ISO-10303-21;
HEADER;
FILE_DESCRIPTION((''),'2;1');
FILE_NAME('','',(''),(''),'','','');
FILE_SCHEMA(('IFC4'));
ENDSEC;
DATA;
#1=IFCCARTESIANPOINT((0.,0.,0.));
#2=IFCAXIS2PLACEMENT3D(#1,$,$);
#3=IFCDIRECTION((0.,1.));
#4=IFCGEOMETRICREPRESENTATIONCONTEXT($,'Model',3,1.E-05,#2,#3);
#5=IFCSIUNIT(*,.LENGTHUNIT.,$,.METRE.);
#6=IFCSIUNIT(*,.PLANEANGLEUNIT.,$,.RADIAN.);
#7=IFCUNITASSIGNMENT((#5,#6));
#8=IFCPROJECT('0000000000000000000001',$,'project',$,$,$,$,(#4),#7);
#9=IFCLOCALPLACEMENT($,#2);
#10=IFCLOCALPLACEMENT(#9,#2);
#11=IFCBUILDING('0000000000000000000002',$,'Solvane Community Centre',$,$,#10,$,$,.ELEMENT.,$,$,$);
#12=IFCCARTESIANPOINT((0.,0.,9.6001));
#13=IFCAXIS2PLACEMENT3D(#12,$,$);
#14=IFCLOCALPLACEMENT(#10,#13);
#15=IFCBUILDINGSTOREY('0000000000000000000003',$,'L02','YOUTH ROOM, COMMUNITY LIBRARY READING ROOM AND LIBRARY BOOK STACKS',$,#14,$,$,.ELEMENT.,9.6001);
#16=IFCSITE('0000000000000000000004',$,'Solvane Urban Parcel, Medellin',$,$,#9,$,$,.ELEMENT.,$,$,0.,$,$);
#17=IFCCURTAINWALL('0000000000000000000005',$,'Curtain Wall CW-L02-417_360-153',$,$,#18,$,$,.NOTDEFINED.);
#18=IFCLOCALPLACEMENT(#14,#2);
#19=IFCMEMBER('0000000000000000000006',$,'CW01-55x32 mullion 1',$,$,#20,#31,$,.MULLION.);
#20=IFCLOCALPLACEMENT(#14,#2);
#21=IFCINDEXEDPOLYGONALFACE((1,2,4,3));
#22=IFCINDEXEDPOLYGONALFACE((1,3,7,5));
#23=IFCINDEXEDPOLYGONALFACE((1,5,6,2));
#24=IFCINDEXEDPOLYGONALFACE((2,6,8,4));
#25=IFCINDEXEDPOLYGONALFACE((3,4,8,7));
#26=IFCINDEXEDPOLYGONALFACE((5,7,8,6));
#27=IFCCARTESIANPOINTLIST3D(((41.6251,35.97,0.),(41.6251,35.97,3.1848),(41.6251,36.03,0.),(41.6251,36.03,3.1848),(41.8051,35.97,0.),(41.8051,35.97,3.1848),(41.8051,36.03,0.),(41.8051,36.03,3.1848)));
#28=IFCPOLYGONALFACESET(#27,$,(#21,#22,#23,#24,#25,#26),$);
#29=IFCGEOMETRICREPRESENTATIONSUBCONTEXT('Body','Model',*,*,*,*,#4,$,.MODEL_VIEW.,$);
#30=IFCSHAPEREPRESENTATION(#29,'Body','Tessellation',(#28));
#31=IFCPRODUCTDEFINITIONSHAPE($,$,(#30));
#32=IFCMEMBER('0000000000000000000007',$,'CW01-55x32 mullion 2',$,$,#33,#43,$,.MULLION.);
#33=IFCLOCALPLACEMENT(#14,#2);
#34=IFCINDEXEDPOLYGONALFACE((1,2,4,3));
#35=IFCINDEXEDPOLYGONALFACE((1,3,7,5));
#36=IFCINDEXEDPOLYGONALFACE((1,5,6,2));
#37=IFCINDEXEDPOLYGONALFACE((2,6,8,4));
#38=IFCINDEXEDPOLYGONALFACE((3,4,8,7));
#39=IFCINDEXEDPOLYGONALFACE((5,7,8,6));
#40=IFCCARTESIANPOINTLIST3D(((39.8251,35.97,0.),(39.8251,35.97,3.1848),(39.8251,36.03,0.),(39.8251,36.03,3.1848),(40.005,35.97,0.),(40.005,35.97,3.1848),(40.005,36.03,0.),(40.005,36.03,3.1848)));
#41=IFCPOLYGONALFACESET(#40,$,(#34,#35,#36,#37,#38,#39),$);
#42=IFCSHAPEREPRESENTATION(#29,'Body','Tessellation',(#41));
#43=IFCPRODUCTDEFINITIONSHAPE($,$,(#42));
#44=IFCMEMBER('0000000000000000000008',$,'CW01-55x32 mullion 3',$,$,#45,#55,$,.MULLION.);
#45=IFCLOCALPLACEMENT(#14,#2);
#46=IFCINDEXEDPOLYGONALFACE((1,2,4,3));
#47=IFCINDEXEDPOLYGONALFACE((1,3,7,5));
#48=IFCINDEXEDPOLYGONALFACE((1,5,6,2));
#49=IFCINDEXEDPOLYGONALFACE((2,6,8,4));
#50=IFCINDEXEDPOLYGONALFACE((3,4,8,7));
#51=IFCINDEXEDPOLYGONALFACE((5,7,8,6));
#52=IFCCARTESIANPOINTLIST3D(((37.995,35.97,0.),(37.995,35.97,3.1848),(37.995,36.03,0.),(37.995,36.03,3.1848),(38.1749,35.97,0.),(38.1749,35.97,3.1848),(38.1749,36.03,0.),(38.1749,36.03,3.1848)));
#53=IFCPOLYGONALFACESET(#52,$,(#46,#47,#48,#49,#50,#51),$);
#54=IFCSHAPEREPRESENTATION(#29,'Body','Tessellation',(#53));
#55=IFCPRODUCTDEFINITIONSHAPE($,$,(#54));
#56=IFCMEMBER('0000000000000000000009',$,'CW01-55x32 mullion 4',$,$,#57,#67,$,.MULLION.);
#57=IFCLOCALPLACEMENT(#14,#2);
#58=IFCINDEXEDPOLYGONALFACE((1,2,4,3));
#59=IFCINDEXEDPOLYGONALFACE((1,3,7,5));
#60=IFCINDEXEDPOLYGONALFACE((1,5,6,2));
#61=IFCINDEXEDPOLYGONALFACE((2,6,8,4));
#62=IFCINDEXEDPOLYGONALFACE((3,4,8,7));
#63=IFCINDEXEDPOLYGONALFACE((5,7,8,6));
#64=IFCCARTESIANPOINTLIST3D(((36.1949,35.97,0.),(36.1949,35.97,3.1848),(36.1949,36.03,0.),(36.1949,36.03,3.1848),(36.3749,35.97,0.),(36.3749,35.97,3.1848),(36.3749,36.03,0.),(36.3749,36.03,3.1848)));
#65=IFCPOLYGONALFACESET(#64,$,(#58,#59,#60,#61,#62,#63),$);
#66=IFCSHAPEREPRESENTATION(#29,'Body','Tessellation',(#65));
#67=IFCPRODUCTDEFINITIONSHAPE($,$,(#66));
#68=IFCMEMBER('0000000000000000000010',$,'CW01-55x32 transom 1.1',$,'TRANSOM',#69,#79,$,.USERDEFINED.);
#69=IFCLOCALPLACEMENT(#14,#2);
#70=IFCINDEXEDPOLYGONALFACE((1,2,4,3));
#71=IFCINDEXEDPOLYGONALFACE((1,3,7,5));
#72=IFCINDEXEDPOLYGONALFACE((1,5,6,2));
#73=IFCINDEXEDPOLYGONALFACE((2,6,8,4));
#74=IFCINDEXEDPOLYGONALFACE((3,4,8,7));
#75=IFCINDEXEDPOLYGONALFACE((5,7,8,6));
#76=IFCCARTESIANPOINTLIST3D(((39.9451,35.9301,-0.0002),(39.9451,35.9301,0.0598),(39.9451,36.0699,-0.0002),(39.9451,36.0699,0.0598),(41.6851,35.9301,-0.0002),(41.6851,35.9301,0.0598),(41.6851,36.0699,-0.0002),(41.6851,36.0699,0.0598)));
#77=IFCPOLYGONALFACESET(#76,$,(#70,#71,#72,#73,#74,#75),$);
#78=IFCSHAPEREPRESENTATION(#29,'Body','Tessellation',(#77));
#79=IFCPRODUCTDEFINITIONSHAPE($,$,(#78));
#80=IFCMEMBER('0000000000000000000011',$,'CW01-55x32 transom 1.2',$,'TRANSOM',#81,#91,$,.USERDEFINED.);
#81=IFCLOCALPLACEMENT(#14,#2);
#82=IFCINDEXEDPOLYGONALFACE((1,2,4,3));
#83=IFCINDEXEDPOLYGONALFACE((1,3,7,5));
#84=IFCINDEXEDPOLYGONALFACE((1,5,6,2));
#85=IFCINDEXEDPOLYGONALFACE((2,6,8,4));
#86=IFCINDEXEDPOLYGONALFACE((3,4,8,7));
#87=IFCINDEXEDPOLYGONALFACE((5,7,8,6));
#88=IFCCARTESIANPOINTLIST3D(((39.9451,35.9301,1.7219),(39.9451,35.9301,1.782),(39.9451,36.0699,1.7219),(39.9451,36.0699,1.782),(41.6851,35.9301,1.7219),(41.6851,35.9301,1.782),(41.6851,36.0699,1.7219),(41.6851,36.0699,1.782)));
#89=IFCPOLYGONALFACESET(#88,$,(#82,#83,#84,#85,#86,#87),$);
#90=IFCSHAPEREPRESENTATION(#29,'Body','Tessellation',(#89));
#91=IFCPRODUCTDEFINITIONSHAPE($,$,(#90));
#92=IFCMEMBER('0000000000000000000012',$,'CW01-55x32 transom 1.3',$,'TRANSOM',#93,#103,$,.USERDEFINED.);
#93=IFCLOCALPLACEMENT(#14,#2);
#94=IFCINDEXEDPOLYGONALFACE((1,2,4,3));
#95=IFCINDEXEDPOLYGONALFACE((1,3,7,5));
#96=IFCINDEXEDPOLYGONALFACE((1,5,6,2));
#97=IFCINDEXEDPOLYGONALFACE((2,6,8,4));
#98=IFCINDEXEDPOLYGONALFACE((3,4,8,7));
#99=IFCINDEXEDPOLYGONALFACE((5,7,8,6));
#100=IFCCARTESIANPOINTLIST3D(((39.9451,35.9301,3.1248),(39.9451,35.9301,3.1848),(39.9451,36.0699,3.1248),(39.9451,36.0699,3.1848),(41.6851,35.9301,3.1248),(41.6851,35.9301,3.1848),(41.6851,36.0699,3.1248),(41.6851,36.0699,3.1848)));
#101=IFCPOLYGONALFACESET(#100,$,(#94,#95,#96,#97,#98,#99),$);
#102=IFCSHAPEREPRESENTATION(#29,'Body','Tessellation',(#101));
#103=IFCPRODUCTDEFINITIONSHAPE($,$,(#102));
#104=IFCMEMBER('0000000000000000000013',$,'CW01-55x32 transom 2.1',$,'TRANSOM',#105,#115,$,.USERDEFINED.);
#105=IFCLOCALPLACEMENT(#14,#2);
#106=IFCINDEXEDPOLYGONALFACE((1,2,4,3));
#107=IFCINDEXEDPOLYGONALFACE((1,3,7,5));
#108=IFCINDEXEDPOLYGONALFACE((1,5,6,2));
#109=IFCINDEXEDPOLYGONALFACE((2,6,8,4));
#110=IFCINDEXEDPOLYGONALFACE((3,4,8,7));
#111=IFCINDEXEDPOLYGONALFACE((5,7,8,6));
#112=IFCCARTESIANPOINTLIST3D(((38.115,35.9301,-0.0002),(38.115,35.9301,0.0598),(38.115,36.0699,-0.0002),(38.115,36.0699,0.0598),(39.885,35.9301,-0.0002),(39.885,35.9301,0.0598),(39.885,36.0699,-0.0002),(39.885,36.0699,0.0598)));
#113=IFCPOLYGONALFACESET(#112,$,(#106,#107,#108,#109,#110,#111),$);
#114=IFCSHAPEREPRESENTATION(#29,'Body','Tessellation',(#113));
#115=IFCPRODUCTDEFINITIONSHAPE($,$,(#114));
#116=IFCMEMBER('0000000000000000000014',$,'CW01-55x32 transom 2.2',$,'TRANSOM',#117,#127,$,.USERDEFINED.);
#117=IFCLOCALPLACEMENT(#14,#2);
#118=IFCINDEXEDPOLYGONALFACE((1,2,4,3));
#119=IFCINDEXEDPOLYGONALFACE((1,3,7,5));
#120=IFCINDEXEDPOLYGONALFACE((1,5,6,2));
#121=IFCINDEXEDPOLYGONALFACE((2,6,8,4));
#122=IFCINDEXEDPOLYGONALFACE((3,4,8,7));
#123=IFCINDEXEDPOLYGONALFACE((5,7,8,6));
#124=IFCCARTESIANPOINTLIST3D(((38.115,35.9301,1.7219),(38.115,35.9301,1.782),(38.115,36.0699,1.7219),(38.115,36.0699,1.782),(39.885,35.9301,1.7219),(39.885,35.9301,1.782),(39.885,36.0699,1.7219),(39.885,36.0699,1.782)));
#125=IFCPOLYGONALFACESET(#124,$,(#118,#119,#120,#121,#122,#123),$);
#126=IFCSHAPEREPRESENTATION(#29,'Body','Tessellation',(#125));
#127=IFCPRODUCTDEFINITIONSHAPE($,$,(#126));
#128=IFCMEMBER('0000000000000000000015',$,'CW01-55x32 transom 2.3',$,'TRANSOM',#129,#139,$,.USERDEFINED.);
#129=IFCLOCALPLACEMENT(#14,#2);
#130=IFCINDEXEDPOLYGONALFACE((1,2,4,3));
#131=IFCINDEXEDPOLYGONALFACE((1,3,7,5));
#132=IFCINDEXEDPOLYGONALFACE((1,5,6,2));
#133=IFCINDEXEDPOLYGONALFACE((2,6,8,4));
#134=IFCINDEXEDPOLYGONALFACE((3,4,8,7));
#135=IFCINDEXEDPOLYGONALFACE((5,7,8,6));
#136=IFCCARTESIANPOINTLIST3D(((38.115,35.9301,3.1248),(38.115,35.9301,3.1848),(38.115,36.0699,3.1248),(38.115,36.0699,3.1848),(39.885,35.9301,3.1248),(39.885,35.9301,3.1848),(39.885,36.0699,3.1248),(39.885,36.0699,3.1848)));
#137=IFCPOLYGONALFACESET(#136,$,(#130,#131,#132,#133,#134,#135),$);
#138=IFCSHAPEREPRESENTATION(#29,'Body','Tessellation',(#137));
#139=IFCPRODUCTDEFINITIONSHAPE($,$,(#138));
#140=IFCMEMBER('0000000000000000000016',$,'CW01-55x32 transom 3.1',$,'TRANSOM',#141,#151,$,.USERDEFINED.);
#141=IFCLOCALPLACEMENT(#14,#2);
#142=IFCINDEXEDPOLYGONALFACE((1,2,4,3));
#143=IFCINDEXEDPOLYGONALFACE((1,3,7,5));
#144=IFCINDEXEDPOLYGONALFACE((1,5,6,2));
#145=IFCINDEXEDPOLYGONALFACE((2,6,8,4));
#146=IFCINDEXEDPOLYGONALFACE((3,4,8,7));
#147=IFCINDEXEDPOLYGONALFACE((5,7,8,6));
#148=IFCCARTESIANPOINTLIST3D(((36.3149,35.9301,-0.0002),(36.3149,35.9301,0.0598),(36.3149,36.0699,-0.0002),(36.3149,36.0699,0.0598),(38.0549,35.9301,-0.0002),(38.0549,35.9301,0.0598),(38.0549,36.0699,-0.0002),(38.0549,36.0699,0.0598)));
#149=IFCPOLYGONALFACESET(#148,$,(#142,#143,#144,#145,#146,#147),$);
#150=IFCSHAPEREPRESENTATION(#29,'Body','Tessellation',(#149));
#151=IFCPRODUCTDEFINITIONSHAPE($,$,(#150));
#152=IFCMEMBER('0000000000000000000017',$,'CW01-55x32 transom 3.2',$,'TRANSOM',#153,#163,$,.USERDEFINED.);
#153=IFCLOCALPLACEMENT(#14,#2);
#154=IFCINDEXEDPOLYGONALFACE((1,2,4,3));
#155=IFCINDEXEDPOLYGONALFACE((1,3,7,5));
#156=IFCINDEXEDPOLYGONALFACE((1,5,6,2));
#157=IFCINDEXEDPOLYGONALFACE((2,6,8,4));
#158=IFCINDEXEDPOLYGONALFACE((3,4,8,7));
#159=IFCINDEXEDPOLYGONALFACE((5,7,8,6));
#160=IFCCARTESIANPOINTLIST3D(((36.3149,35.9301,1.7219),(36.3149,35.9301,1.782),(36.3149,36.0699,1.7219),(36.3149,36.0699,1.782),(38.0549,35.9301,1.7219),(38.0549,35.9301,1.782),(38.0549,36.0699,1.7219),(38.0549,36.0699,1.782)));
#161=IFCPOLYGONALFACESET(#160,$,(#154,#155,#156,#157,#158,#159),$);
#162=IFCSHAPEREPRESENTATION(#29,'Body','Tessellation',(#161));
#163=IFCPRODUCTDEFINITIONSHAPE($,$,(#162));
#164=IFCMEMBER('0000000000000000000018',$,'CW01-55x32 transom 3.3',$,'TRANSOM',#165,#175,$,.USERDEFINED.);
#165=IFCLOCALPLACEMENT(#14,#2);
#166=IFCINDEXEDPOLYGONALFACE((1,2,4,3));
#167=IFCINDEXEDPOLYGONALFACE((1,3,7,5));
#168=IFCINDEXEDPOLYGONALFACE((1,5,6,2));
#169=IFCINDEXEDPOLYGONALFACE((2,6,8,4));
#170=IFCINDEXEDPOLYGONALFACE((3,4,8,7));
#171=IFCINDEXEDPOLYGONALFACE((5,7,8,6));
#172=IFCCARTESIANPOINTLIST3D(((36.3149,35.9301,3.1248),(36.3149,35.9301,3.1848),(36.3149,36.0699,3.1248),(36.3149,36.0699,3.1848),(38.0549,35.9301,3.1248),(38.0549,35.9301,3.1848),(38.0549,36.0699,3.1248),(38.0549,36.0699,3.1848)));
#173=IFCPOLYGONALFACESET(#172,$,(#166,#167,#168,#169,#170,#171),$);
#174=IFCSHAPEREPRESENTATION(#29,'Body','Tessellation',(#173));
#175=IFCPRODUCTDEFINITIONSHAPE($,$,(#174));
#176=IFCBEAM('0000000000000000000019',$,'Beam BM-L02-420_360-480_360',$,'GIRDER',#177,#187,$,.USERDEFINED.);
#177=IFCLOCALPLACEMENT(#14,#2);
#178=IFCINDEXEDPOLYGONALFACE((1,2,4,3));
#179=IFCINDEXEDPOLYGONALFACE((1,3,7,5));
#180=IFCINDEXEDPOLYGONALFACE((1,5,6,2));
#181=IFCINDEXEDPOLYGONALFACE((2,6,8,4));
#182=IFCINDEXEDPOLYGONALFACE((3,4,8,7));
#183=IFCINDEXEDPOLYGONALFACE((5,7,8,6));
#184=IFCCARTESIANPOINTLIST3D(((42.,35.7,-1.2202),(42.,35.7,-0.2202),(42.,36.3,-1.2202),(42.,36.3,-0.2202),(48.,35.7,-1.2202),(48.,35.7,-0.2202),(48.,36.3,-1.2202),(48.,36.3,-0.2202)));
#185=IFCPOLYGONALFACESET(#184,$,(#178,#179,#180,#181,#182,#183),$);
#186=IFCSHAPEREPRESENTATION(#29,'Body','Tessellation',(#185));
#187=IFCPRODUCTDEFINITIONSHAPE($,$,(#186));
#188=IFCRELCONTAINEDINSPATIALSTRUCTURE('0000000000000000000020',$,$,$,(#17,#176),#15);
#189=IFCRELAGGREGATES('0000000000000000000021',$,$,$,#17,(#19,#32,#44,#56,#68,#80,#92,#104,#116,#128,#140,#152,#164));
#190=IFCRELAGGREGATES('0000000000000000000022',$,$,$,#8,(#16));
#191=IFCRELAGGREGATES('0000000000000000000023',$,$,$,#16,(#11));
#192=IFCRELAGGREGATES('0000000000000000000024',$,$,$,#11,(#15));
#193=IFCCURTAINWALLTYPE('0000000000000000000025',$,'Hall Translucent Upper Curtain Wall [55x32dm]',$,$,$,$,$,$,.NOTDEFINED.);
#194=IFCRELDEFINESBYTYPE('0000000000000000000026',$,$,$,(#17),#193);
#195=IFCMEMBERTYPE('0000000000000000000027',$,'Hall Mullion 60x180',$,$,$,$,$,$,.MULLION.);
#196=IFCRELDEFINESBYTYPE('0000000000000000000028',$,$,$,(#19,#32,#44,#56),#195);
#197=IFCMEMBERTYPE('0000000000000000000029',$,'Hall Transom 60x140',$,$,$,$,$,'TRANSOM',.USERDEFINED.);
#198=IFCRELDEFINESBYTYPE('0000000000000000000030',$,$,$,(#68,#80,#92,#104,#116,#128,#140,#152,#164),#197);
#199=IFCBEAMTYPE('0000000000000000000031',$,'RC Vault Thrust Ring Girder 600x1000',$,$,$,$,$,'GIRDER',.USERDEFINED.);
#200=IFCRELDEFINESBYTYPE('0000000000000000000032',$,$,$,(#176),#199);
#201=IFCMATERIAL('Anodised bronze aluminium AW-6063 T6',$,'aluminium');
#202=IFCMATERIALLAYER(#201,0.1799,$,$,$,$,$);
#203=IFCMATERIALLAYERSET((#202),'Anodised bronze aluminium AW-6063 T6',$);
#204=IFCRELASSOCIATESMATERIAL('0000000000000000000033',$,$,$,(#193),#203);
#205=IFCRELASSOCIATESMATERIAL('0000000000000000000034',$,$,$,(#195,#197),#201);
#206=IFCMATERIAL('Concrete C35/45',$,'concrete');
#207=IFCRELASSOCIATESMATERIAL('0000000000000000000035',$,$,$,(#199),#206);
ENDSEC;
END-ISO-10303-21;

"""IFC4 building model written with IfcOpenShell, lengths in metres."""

from ifc_helpers import new_model, si_unit, direction, frame, origin, origin_2d, place, context, subcontext, project, spatial, rectangle, extrude, material, layer, layer_set, material_profile, profile_set, type_object, element, aggregate, save


model = new_model("IFC4")

# Units and contexts
model_context = context("Model", 3, precision=1e-05, world=origin(), true_north=direction((0.0, 1.0)))
body_context = subcontext(model_context, "Body", "Model", "MODEL_VIEW")
ifc_project = project(units=[si_unit("LENGTHUNIT", "METRE"), si_unit("PLANEANGLEUNIT", "RADIAN")], contexts=[model_context])

# Site, building, storey
site_placement = place(None, origin())
site = spatial("IfcSite", under=ifc_project, at=site_placement, Name="Solvane Urban Parcel, Medellin", CompositionType="ELEMENT", RefElevation=0.0)
building_placement = place(site_placement, origin())
building = spatial("IfcBuilding", under=site, at=building_placement, Name="Solvane Community Centre", CompositionType="ELEMENT")
storey_placement = place(building_placement, frame((0.0, 0.0, 9.6001)))
storey = spatial("IfcBuildingStorey", under=building, at=storey_placement, Name="L02", Description="YOUTH ROOM, COMMUNITY LIBRARY READING ROOM AND LIBRARY BOOK STACKS", CompositionType="ELEMENT", Elevation=9.6001)

# Curtain wall, members
ifc_material_1 = material(Name="Anodised bronze aluminium AW-6063 T6", Category="aluminium")
ifc_layer_1 = layer(ifc_material_1, 0.1799)
ifc_layer_set_1 = layer_set([ifc_layer_1], Name="Anodised bronze aluminium AW-6063 T6")
curtain_wall_type = type_object("IfcCurtainWallType", Name="Hall Translucent Upper Curtain Wall [55x32dm]", PredefinedType="NOTDEFINED", material=ifc_layer_set_1)
curtain_wall_placement = place(storey_placement, origin())
curtain_wall = element("IfcCurtainWall", 1, at=curtain_wall_placement, inside=storey, type_object=curtain_wall_type, Name="Curtain Wall CW-L02-417_360-153", PredefinedType="NOTDEFINED")
ifc_material_profile_1 = material_profile(ifc_material_1, rectangle(XDim=0.0601, YDim=0.1799, at=origin_2d()), Name="CW-M 60x180")
ifc_profile_set_1 = profile_set([ifc_material_profile_1], Name="Anodised bronze aluminium AW-6063 T6")
member_type_1 = type_object("IfcMemberType", Name="Hall Mullion 60x180", PredefinedType="MULLION", material=ifc_profile_set_1)
member_1_placement = place(storey_placement, frame((41.7151, 36.0, 0.0), z_axis=(0.0, 0.0, 1.0), x_axis=(0.0, -1.0, 0.0)))
member_1 = element("IfcMember", 2, at=member_1_placement, type_object=member_type_1, Name="CW01-55x32 mullion 1", PredefinedType="MULLION", context=body_context, shape_type="SweptSolid", body=[
    extrude(rectangle(XDim=0.0601, YDim=0.1799, at=origin_2d()), origin(), (0.0, 0.0, 1.0), 3.1848),
])
member_2_placement = place(storey_placement, frame((39.915, 36.0, 0.0), z_axis=(0.0, 0.0, 1.0), x_axis=(0.0, -1.0, 0.0)))
member_2 = element("IfcMember", 3, at=member_2_placement, type_object=member_type_1, Name="CW01-55x32 mullion 2", PredefinedType="MULLION", context=body_context, shape_type="SweptSolid", body=[
    extrude(rectangle(XDim=0.0601, YDim=0.1799, at=origin_2d()), origin(), (0.0, 0.0, 1.0), 3.1848),
])
member_3_placement = place(storey_placement, frame((38.085, 36.0, 0.0), z_axis=(0.0, 0.0, 1.0), x_axis=(0.0, -1.0, 0.0)))
member_3 = element("IfcMember", 4, at=member_3_placement, type_object=member_type_1, Name="CW01-55x32 mullion 3", PredefinedType="MULLION", context=body_context, shape_type="SweptSolid", body=[
    extrude(rectangle(XDim=0.0601, YDim=0.1799, at=origin_2d()), origin(), (0.0, 0.0, 1.0), 3.1848),
])
member_4_placement = place(storey_placement, frame((36.2849, 36.0, 0.0), z_axis=(0.0, 0.0, 1.0), x_axis=(0.0, -1.0, 0.0)))
member_4 = element("IfcMember", 5, at=member_4_placement, type_object=member_type_1, Name="CW01-55x32 mullion 4", PredefinedType="MULLION", context=body_context, shape_type="SweptSolid", body=[
    extrude(rectangle(XDim=0.0601, YDim=0.1799, at=origin_2d()), origin(), (0.0, 0.0, 1.0), 3.1848),
])
ifc_material_profile_2 = material_profile(ifc_material_1, rectangle(XDim=0.1399, YDim=0.0601, at=origin_2d()), Name="CW-T 60x140")
ifc_profile_set_2 = profile_set([ifc_material_profile_2], Name="Anodised bronze aluminium AW-6063 T6")
member_type_2 = type_object("IfcMemberType", Name="Hall Transom 60x140", ElementType="TRANSOM", PredefinedType="USERDEFINED", material=ifc_profile_set_2)
member_5_placement = place(storey_placement, frame((41.6851, 36.0, 0.0298), z_axis=(-1.0, 0.0, 0.0), x_axis=(0.0, -1.0, 0.0)))
member_5 = element("IfcMember", 6, at=member_5_placement, type_object=member_type_2, Name="CW01-55x32 transom 1.1", ObjectType="TRANSOM", PredefinedType="USERDEFINED", context=body_context, shape_type="SweptSolid", body=[
    extrude(rectangle(XDim=0.1399, YDim=0.0601, at=origin_2d()), origin(), (0.0, 0.0, 1.0), 1.74),
])
member_6_placement = place(storey_placement, frame((41.6851, 36.0, 1.752), z_axis=(-1.0, 0.0, 0.0), x_axis=(0.0, -1.0, 0.0)))
member_6 = element("IfcMember", 7, at=member_6_placement, type_object=member_type_2, Name="CW01-55x32 transom 1.2", ObjectType="TRANSOM", PredefinedType="USERDEFINED", context=body_context, shape_type="SweptSolid", body=[
    extrude(rectangle(XDim=0.1399, YDim=0.0601, at=origin_2d()), origin(), (0.0, 0.0, 1.0), 1.74),
])
member_7_placement = place(storey_placement, frame((41.6851, 36.0, 3.1548), z_axis=(-1.0, 0.0, 0.0), x_axis=(0.0, -1.0, 0.0)))
member_7 = element("IfcMember", 8, at=member_7_placement, type_object=member_type_2, Name="CW01-55x32 transom 1.3", ObjectType="TRANSOM", PredefinedType="USERDEFINED", context=body_context, shape_type="SweptSolid", body=[
    extrude(rectangle(XDim=0.1399, YDim=0.0601, at=origin_2d()), origin(), (0.0, 0.0, 1.0), 1.74),
])
member_8_placement = place(storey_placement, frame((39.885, 36.0, 0.0298), z_axis=(-1.0, 0.0, 0.0), x_axis=(0.0, -1.0, 0.0)))
member_8 = element("IfcMember", 9, at=member_8_placement, type_object=member_type_2, Name="CW01-55x32 transom 2.1", ObjectType="TRANSOM", PredefinedType="USERDEFINED", context=body_context, shape_type="SweptSolid", body=[
    extrude(rectangle(XDim=0.1399, YDim=0.0601, at=origin_2d()), origin(), (0.0, 0.0, 1.0), 1.77),
])
member_9_placement = place(storey_placement, frame((39.885, 36.0, 1.752), z_axis=(-1.0, 0.0, 0.0), x_axis=(0.0, -1.0, 0.0)))
member_9 = element("IfcMember", 10, at=member_9_placement, type_object=member_type_2, Name="CW01-55x32 transom 2.2", ObjectType="TRANSOM", PredefinedType="USERDEFINED", context=body_context, shape_type="SweptSolid", body=[
    extrude(rectangle(XDim=0.1399, YDim=0.0601, at=origin_2d()), origin(), (0.0, 0.0, 1.0), 1.77),
])
member_10_placement = place(storey_placement, frame((39.885, 36.0, 3.1548), z_axis=(-1.0, 0.0, 0.0), x_axis=(0.0, -1.0, 0.0)))
member_10 = element("IfcMember", 11, at=member_10_placement, type_object=member_type_2, Name="CW01-55x32 transom 2.3", ObjectType="TRANSOM", PredefinedType="USERDEFINED", context=body_context, shape_type="SweptSolid", body=[
    extrude(rectangle(XDim=0.1399, YDim=0.0601, at=origin_2d()), origin(), (0.0, 0.0, 1.0), 1.77),
])
member_11_placement = place(storey_placement, frame((38.0549, 36.0, 0.0298), z_axis=(-1.0, 0.0, 0.0), x_axis=(0.0, -1.0, 0.0)))
member_11 = element("IfcMember", 12, at=member_11_placement, type_object=member_type_2, Name="CW01-55x32 transom 3.1", ObjectType="TRANSOM", PredefinedType="USERDEFINED", context=body_context, shape_type="SweptSolid", body=[
    extrude(rectangle(XDim=0.1399, YDim=0.0601, at=origin_2d()), origin(), (0.0, 0.0, 1.0), 1.74),
])
member_12_placement = place(storey_placement, frame((38.0549, 36.0, 1.752), z_axis=(-1.0, 0.0, 0.0), x_axis=(0.0, -1.0, 0.0)))
member_12 = element("IfcMember", 13, at=member_12_placement, type_object=member_type_2, Name="CW01-55x32 transom 3.2", ObjectType="TRANSOM", PredefinedType="USERDEFINED", context=body_context, shape_type="SweptSolid", body=[
    extrude(rectangle(XDim=0.1399, YDim=0.0601, at=origin_2d()), origin(), (0.0, 0.0, 1.0), 1.74),
])
member_13_placement = place(storey_placement, frame((38.0549, 36.0, 3.1548), z_axis=(-1.0, 0.0, 0.0), x_axis=(0.0, -1.0, 0.0)))
member_13 = element("IfcMember", 14, at=member_13_placement, type_object=member_type_2, Name="CW01-55x32 transom 3.3", ObjectType="TRANSOM", PredefinedType="USERDEFINED", context=body_context, shape_type="SweptSolid", body=[
    extrude(rectangle(XDim=0.1399, YDim=0.0601, at=origin_2d()), origin(), (0.0, 0.0, 1.0), 1.74),
])

# Beam
ifc_material_2 = material(Name="Concrete C35/45", Category="concrete")
ifc_material_profile_3 = material_profile(ifc_material_2, rectangle(XDim=0.6001, YDim=1.0, at=origin_2d()), Name="RC 600x1000")
ifc_profile_set_3 = profile_set([ifc_material_profile_3], Name="Concrete C35/45")
beam_type = type_object("IfcBeamType", Name="RC Vault Thrust Ring Girder 600x1000", ElementType="GIRDER", PredefinedType="USERDEFINED", material=ifc_profile_set_3)
beam_placement = place(storey_placement, frame((42.0, 36.0, -0.7202), z_axis=(1.0, 0.0, 0.0), x_axis=(0.0, 1.0, 0.0)))
element("IfcBeam", 15, at=beam_placement, inside=storey, type_object=beam_type, Name="Beam BM-L02-420_360-480_360", ObjectType="GIRDER", PredefinedType="USERDEFINED", context=body_context, shape_type="SweptSolid", body=[
    extrude(rectangle(XDim=0.6001, YDim=1.0, at=origin_2d()), origin(), (0.0, 0.0, 1.0), 6.0),
])

aggregate(curtain_wall, [member_1, member_2, member_3, member_4, member_5, member_6, member_7, member_8, member_9, member_10, member_11, member_12, member_13])

save(model, "model.ifc")
